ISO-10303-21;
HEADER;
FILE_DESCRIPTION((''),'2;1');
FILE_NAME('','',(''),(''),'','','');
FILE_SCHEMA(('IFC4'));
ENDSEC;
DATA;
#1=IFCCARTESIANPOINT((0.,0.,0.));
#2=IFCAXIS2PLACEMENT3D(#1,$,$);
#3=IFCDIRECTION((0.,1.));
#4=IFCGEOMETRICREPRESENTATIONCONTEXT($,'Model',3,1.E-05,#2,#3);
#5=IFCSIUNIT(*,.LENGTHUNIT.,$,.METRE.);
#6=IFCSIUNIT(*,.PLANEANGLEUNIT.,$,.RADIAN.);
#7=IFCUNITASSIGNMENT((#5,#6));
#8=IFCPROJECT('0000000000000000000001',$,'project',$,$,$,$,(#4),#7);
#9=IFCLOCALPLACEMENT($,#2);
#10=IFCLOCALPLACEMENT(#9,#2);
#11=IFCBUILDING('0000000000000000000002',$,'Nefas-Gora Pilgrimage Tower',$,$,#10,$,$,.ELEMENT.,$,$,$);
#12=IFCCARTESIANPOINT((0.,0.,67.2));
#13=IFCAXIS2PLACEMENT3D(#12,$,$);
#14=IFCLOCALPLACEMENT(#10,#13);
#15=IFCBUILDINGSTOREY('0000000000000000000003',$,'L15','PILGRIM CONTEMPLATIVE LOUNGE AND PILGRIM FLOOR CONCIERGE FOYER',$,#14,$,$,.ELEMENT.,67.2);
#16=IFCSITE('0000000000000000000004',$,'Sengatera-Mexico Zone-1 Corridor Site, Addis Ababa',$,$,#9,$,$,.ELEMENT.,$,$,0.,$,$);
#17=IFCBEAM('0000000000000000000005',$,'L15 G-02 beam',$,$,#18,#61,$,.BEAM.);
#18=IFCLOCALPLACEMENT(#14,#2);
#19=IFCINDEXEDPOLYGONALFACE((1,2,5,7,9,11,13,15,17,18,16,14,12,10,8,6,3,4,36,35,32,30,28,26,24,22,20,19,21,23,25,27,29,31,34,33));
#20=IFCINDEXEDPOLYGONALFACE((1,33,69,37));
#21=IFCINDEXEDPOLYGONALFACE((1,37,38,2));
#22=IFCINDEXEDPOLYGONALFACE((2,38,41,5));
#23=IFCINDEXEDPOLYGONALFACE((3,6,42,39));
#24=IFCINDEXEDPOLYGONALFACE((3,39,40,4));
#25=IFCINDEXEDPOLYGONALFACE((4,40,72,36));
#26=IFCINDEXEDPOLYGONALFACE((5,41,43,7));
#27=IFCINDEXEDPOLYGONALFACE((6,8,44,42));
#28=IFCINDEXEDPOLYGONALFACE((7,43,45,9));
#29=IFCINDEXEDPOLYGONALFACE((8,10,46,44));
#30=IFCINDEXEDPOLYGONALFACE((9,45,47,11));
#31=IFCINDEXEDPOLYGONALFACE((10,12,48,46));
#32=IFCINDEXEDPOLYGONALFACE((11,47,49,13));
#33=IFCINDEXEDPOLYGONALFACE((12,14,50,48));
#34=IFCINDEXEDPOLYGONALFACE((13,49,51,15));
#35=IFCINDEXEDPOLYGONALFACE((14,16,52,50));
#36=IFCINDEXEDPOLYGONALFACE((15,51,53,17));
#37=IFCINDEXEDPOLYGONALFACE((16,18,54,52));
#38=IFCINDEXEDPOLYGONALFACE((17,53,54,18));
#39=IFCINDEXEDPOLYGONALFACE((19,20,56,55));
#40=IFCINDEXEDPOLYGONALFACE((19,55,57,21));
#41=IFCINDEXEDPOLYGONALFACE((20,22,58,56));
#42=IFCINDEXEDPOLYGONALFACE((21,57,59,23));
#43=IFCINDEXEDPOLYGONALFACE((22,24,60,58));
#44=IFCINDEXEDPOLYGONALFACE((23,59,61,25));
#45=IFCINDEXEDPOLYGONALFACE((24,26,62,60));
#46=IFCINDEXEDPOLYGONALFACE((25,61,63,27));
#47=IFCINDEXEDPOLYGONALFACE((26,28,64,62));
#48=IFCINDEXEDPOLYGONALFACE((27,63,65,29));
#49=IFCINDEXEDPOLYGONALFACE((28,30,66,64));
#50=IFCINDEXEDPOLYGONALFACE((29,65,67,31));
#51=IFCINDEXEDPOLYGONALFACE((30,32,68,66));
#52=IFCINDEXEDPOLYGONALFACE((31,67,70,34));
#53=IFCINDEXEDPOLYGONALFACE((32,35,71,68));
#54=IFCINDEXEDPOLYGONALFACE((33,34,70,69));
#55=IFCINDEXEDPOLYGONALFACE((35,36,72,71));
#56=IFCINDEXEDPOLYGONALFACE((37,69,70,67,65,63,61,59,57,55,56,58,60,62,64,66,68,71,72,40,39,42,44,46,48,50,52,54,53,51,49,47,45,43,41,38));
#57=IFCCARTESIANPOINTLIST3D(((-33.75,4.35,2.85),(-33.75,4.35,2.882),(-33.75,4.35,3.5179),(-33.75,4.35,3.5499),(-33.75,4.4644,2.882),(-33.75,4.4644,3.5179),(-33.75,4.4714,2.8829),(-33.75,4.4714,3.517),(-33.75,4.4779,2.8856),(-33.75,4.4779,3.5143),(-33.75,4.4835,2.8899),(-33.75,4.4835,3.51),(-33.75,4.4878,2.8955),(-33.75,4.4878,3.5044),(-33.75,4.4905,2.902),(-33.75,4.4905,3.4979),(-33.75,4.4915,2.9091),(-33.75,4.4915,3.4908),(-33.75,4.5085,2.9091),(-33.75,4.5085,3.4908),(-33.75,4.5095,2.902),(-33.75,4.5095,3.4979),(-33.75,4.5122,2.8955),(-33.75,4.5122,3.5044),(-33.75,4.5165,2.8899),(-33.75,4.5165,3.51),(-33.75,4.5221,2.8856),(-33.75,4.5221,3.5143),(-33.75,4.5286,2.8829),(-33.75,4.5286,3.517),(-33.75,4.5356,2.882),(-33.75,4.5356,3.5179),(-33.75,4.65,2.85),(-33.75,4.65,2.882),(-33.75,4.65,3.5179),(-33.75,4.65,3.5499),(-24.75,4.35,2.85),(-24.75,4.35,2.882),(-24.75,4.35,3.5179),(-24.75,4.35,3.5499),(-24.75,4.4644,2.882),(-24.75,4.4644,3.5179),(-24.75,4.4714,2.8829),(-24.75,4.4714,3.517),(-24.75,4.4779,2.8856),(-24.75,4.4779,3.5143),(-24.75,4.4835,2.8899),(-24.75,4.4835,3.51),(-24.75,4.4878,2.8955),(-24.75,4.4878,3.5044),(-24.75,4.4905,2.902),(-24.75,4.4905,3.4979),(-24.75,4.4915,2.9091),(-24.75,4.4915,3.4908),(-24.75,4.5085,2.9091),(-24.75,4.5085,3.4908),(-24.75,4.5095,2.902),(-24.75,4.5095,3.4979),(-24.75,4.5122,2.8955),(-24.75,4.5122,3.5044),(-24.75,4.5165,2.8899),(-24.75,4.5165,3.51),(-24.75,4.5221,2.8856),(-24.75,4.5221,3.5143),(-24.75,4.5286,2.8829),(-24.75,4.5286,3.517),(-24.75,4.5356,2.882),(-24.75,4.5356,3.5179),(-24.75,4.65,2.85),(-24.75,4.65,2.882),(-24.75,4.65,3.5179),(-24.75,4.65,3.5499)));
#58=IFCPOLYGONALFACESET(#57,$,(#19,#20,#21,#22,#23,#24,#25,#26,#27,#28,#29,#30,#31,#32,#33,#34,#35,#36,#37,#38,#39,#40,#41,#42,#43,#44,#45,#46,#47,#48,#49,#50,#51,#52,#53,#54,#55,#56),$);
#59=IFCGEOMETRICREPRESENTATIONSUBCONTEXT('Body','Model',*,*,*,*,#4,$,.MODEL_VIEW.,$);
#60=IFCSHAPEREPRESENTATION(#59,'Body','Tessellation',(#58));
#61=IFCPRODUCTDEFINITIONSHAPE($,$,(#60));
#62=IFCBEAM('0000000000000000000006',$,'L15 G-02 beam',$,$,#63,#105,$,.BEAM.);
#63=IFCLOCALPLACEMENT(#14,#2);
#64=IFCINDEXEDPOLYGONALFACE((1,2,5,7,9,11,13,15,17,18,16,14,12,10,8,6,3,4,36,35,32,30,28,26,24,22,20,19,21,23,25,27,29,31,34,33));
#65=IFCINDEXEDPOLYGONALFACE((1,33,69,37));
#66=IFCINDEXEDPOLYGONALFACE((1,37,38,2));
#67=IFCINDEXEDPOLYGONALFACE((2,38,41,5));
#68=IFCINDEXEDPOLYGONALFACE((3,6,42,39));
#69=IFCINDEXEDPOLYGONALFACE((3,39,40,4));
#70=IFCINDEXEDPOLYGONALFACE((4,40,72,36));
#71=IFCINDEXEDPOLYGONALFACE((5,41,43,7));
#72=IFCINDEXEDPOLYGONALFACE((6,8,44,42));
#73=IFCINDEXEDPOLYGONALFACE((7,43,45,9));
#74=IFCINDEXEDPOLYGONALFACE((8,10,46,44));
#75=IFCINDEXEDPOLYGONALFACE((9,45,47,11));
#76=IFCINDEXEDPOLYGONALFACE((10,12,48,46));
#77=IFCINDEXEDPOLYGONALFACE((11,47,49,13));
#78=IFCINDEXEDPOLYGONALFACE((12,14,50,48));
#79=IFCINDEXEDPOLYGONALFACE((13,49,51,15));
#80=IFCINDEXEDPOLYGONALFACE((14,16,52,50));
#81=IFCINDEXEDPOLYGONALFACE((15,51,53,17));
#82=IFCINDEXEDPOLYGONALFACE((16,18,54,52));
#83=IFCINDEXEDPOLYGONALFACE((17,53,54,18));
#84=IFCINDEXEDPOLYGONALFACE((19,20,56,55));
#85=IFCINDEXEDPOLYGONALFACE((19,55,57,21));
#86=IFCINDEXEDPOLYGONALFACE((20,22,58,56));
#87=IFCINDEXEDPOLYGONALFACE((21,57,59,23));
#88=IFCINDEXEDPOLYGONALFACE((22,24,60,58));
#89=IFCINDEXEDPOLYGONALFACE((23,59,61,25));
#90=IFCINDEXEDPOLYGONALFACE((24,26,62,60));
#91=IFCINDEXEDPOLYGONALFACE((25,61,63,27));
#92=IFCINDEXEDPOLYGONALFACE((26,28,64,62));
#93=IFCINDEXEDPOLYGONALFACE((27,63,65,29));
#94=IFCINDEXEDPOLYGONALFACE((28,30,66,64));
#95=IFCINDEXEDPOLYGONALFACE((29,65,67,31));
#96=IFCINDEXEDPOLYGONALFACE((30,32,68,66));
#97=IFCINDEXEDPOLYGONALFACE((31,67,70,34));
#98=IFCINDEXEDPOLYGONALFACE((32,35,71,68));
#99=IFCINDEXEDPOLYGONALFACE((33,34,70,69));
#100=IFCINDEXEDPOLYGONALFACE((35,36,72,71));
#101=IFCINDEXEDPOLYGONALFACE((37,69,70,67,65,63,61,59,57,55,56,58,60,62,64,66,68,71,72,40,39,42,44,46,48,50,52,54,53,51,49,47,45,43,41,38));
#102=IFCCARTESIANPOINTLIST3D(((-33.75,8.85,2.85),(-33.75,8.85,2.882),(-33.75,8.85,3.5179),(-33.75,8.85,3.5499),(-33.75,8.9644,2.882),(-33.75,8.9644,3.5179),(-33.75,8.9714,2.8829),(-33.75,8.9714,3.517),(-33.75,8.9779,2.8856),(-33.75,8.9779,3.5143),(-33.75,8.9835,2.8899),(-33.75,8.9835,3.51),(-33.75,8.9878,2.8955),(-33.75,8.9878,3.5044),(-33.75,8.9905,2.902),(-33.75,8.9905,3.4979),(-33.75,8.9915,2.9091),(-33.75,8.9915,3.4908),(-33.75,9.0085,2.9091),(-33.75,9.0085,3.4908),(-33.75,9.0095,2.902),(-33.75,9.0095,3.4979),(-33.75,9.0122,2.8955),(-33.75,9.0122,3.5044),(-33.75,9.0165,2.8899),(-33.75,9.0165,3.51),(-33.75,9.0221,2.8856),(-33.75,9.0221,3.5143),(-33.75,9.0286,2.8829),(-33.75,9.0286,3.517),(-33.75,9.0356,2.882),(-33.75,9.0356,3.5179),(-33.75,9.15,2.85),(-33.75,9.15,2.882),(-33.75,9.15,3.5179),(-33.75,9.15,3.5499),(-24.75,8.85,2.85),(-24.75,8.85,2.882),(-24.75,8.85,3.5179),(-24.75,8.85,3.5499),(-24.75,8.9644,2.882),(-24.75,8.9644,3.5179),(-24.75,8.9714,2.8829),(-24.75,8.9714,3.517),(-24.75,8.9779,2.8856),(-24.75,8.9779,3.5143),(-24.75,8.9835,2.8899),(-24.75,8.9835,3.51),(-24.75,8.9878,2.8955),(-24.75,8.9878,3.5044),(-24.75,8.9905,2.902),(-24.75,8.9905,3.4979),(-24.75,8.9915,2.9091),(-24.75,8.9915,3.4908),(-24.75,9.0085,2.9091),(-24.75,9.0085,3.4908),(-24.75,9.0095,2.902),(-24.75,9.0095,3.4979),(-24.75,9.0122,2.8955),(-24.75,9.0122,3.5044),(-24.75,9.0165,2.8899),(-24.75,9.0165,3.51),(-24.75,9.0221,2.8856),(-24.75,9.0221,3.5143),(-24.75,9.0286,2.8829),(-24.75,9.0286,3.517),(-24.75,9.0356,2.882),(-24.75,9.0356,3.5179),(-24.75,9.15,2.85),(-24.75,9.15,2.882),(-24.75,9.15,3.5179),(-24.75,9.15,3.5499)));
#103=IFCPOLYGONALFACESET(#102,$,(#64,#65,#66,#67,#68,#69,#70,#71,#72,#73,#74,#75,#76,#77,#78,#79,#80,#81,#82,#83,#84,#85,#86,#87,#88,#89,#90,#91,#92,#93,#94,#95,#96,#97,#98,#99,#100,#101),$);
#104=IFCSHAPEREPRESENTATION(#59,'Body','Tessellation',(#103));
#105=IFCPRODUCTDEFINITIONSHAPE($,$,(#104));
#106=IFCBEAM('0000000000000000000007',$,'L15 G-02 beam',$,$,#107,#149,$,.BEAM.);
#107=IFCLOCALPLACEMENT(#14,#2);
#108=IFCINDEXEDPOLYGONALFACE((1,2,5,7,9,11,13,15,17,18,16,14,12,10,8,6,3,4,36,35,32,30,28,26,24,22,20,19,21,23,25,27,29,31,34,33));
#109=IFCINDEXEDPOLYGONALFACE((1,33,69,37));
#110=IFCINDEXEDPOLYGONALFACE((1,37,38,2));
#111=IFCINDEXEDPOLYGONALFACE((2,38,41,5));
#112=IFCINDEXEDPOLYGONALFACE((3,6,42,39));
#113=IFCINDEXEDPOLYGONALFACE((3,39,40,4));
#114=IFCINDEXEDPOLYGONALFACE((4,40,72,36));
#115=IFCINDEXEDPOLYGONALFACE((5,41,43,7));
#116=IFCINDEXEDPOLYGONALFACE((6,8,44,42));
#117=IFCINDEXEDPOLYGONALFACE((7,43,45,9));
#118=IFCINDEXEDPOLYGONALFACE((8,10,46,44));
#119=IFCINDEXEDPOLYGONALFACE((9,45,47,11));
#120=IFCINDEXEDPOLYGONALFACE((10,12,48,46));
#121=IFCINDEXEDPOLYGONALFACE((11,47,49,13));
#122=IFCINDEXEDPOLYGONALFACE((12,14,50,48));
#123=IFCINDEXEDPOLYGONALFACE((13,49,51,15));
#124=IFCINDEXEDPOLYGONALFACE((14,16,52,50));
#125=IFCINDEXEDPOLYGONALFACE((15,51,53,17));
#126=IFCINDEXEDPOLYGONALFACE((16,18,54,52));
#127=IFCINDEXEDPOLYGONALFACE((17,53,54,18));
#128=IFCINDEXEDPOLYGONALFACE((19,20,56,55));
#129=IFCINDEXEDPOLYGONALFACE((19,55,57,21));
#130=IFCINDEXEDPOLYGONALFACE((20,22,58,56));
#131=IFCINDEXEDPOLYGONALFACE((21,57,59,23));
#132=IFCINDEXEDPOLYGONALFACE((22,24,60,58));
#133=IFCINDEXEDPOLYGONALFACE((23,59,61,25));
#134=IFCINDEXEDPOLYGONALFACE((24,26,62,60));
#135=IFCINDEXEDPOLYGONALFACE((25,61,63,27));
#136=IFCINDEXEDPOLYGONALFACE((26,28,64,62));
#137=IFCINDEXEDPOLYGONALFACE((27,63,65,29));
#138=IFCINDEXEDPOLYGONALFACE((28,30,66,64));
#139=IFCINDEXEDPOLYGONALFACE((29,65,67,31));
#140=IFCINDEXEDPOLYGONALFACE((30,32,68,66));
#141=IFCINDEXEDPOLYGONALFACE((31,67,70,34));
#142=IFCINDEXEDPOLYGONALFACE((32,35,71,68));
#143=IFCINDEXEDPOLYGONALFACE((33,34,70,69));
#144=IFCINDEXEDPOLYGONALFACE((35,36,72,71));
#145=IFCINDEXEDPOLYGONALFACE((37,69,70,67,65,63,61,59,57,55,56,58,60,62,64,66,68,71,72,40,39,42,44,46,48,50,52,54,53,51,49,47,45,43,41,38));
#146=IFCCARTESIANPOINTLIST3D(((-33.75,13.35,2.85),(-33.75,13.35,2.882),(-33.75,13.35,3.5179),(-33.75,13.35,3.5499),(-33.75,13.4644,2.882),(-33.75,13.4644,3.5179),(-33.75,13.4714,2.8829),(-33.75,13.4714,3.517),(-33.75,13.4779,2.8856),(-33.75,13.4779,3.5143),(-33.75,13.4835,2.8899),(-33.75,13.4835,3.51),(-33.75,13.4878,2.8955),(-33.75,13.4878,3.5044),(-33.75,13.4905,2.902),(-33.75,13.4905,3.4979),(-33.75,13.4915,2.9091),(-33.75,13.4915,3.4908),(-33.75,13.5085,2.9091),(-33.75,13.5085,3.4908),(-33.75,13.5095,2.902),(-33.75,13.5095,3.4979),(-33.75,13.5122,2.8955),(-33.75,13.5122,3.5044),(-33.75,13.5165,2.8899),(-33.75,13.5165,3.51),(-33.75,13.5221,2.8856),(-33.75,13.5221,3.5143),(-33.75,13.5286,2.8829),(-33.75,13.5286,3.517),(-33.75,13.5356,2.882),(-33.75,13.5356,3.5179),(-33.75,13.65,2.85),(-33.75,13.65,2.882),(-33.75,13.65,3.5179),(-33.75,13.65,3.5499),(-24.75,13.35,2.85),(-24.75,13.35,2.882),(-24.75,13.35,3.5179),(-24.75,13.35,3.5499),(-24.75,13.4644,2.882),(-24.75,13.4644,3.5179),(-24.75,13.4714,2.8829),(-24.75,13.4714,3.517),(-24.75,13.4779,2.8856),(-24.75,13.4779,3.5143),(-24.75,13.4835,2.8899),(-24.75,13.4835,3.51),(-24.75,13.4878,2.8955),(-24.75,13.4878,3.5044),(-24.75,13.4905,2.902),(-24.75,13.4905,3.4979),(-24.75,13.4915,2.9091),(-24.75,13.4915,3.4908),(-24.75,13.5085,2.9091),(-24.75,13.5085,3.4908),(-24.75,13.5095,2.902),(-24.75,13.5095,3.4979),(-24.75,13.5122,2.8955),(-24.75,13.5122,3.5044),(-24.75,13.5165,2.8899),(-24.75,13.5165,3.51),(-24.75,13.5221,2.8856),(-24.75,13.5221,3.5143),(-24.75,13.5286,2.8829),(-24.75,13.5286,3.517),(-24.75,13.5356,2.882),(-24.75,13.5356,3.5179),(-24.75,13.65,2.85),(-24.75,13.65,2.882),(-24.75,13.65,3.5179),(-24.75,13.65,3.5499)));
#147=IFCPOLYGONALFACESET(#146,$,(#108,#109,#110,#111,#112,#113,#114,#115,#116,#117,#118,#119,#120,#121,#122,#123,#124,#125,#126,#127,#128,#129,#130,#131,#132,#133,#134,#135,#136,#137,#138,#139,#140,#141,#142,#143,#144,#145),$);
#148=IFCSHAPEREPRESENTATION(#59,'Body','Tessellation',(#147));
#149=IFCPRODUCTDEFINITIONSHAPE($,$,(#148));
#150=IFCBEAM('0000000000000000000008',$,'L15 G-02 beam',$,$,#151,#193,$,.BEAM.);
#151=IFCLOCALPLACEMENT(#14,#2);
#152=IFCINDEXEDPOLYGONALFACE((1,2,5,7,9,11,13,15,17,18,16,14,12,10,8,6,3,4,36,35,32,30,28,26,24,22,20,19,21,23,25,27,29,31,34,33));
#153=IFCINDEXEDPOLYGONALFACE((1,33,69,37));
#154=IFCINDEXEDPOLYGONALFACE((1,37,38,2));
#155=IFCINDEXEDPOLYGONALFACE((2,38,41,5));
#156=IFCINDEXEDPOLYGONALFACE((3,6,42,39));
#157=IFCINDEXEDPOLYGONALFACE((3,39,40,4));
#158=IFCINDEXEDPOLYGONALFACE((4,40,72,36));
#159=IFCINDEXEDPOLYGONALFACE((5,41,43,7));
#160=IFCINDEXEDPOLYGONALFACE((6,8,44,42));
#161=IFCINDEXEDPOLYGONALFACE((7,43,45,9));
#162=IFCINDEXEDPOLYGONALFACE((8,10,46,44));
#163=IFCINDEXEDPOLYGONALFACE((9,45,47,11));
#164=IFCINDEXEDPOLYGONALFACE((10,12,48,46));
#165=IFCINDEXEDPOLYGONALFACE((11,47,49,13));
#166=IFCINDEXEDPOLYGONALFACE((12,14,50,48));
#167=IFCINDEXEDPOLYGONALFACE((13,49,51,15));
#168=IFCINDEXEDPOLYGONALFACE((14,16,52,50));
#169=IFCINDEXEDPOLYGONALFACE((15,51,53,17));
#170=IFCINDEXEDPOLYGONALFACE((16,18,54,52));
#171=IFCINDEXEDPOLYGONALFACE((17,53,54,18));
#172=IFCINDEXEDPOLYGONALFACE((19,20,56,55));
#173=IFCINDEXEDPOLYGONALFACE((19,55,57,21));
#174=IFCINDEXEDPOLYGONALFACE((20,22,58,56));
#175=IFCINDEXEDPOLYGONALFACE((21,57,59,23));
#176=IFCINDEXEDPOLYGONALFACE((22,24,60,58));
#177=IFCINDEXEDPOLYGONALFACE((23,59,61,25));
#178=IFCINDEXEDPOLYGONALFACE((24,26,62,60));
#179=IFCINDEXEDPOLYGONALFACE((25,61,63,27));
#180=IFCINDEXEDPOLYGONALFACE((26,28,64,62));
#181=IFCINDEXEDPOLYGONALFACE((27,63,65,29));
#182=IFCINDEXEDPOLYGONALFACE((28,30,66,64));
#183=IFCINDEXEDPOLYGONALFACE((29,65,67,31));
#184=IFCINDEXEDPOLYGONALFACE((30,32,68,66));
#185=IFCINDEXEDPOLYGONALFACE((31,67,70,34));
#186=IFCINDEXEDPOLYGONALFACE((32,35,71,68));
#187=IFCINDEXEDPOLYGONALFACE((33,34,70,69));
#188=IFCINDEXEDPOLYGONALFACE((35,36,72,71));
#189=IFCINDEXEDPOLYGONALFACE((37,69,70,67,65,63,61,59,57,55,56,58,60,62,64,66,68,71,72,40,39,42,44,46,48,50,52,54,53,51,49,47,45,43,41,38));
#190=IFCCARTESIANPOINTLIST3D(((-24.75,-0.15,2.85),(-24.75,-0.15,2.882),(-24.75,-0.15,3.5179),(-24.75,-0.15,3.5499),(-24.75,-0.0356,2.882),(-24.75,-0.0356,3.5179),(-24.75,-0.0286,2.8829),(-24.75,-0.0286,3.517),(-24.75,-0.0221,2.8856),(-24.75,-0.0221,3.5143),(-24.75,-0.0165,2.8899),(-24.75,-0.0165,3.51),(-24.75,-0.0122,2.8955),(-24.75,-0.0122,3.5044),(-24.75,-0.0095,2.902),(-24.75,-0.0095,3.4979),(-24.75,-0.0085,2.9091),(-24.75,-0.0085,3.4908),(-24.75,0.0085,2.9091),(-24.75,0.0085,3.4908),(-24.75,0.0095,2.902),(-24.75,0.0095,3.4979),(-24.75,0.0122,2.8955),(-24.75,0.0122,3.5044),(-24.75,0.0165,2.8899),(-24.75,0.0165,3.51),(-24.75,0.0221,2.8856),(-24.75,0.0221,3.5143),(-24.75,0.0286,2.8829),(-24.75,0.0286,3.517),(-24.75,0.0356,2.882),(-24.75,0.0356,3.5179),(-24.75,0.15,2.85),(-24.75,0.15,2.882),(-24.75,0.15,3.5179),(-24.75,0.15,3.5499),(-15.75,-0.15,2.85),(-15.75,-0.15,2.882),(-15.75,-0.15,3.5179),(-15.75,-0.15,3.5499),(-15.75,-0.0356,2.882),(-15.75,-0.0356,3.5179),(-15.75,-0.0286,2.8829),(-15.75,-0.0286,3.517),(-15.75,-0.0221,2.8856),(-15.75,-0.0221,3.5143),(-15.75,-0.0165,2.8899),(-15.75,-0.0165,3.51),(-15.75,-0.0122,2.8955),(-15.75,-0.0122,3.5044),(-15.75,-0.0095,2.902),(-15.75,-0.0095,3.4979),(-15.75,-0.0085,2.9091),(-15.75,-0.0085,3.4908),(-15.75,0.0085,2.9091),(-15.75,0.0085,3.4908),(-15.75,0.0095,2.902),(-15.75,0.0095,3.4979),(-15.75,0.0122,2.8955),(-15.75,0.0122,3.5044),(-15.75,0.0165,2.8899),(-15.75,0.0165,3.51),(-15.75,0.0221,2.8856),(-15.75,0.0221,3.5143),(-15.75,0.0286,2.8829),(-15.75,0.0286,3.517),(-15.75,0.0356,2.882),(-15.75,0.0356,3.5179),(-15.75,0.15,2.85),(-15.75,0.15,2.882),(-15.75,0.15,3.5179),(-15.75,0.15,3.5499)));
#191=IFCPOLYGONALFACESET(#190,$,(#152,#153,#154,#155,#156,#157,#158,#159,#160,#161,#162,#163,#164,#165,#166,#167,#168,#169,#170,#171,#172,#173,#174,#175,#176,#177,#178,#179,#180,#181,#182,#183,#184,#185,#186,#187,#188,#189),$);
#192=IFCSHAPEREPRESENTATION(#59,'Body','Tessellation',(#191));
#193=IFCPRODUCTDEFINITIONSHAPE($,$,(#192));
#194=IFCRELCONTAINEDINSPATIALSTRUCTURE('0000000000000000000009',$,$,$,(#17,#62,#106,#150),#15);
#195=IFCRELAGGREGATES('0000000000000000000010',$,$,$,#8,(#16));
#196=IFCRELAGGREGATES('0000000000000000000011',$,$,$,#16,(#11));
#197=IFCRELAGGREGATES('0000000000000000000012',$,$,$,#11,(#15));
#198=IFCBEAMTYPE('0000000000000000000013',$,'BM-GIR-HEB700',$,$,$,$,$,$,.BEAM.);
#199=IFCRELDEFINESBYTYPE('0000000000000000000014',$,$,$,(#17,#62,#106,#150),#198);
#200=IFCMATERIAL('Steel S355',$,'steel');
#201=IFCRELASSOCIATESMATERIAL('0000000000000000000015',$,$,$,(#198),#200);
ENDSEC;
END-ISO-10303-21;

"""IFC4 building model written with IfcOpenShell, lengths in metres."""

from ifc_helpers import new_model, si_unit, direction, frame, origin, origin_2d, place, context, subcontext, project, spatial, i_section, extrude, source, transform, mapped, material, material_profile, profile_set, type_object, element, save


model = new_model("IFC4")

# Units and contexts
model_context = context("Model", 3, precision=1e-05, world=origin(), true_north=direction((0.0, 1.0)))
body_context = subcontext(model_context, "Body", "Model", "MODEL_VIEW")
ifc_project = project(units=[si_unit("LENGTHUNIT", "METRE"), si_unit("PLANEANGLEUNIT", "RADIAN")], contexts=[model_context])

# Site, building, storey
site_placement = place(None, origin())
site = spatial("IfcSite", under=ifc_project, at=site_placement, Name="Sengatera-Mexico Zone-1 Corridor Site, Addis Ababa", CompositionType="ELEMENT", RefElevation=0.0)
building_placement = place(site_placement, origin())
building = spatial("IfcBuilding", under=site, at=building_placement, Name="Nefas-Gora Pilgrimage Tower", CompositionType="ELEMENT")
storey_placement = place(building_placement, frame((0.0, 0.0, 67.2)))
storey = spatial("IfcBuildingStorey", under=building, at=storey_placement, Name="L15", Description="PILGRIM CONTEMPLATIVE LOUNGE AND PILGRIM FLOOR CONCIERGE FOYER", CompositionType="ELEMENT", Elevation=67.2)

# Beams
ifc_material_1 = material(Name="Steel S355", Category="steel")
ifc_material_profile_1 = material_profile(ifc_material_1, i_section(OverallWidth=0.3, OverallDepth=0.7, WebThickness=0.0171, FlangeThickness=0.032, FilletRadius=0.0271, at=origin_2d()), Name="HEB 700")
ifc_profile_set_1 = profile_set([ifc_material_profile_1], Name="Steel S355")
beam_type_1 = type_object("IfcBeamType", Name="BM-GIR-HEB700", PredefinedType="BEAM", material=ifc_profile_set_1)
shared_shape_1 = source(origin(), body_context, "Body", "SweptSolid", [
    extrude(i_section(OverallWidth=0.3, OverallDepth=0.7, WebThickness=0.0171, FlangeThickness=0.032, FilletRadius=0.0271, at=origin_2d()), origin(), (0.0, 0.0, 1.0), 9.0),
])
for number, where, z_axis, x_axis, name in (
    (1, (-33.75, 4.5, 3.2), (1.0, 0.0, 0.0), (0.0, 1.0, 0.0), "L15 G-02 beam"),
    (2, (-33.75, 9.0, 3.2), (1.0, 0.0, 0.0), (0.0, 1.0, 0.0), "L15 G-02 beam"),
    (3, (-33.75, 13.5, 3.2), (1.0, 0.0, 0.0), (0.0, 1.0, 0.0), "L15 G-02 beam"),
    (4, (-24.75, 0.0, 3.2), (1.0, 0.0, 0.0), (0.0, 1.0, 0.0), "L15 G-02 beam"),
):
    element("IfcBeam", number, at=place(storey_placement, frame(where, z_axis=z_axis, x_axis=x_axis)), inside=storey, type_object=beam_type_1, Name=name, PredefinedType="BEAM", context=body_context, shape_type="MappedRepresentation", body=[
        mapped(shared_shape_1, transform((0.0, 0.0, 0.0), x_axis=(1.0, 0.0, 0.0), y_axis=(0.0, 1.0, 0.0), z_axis=(0.0, 0.0, 1.0), scale=1.0)),
    ])

save(model, "model.ifc")
